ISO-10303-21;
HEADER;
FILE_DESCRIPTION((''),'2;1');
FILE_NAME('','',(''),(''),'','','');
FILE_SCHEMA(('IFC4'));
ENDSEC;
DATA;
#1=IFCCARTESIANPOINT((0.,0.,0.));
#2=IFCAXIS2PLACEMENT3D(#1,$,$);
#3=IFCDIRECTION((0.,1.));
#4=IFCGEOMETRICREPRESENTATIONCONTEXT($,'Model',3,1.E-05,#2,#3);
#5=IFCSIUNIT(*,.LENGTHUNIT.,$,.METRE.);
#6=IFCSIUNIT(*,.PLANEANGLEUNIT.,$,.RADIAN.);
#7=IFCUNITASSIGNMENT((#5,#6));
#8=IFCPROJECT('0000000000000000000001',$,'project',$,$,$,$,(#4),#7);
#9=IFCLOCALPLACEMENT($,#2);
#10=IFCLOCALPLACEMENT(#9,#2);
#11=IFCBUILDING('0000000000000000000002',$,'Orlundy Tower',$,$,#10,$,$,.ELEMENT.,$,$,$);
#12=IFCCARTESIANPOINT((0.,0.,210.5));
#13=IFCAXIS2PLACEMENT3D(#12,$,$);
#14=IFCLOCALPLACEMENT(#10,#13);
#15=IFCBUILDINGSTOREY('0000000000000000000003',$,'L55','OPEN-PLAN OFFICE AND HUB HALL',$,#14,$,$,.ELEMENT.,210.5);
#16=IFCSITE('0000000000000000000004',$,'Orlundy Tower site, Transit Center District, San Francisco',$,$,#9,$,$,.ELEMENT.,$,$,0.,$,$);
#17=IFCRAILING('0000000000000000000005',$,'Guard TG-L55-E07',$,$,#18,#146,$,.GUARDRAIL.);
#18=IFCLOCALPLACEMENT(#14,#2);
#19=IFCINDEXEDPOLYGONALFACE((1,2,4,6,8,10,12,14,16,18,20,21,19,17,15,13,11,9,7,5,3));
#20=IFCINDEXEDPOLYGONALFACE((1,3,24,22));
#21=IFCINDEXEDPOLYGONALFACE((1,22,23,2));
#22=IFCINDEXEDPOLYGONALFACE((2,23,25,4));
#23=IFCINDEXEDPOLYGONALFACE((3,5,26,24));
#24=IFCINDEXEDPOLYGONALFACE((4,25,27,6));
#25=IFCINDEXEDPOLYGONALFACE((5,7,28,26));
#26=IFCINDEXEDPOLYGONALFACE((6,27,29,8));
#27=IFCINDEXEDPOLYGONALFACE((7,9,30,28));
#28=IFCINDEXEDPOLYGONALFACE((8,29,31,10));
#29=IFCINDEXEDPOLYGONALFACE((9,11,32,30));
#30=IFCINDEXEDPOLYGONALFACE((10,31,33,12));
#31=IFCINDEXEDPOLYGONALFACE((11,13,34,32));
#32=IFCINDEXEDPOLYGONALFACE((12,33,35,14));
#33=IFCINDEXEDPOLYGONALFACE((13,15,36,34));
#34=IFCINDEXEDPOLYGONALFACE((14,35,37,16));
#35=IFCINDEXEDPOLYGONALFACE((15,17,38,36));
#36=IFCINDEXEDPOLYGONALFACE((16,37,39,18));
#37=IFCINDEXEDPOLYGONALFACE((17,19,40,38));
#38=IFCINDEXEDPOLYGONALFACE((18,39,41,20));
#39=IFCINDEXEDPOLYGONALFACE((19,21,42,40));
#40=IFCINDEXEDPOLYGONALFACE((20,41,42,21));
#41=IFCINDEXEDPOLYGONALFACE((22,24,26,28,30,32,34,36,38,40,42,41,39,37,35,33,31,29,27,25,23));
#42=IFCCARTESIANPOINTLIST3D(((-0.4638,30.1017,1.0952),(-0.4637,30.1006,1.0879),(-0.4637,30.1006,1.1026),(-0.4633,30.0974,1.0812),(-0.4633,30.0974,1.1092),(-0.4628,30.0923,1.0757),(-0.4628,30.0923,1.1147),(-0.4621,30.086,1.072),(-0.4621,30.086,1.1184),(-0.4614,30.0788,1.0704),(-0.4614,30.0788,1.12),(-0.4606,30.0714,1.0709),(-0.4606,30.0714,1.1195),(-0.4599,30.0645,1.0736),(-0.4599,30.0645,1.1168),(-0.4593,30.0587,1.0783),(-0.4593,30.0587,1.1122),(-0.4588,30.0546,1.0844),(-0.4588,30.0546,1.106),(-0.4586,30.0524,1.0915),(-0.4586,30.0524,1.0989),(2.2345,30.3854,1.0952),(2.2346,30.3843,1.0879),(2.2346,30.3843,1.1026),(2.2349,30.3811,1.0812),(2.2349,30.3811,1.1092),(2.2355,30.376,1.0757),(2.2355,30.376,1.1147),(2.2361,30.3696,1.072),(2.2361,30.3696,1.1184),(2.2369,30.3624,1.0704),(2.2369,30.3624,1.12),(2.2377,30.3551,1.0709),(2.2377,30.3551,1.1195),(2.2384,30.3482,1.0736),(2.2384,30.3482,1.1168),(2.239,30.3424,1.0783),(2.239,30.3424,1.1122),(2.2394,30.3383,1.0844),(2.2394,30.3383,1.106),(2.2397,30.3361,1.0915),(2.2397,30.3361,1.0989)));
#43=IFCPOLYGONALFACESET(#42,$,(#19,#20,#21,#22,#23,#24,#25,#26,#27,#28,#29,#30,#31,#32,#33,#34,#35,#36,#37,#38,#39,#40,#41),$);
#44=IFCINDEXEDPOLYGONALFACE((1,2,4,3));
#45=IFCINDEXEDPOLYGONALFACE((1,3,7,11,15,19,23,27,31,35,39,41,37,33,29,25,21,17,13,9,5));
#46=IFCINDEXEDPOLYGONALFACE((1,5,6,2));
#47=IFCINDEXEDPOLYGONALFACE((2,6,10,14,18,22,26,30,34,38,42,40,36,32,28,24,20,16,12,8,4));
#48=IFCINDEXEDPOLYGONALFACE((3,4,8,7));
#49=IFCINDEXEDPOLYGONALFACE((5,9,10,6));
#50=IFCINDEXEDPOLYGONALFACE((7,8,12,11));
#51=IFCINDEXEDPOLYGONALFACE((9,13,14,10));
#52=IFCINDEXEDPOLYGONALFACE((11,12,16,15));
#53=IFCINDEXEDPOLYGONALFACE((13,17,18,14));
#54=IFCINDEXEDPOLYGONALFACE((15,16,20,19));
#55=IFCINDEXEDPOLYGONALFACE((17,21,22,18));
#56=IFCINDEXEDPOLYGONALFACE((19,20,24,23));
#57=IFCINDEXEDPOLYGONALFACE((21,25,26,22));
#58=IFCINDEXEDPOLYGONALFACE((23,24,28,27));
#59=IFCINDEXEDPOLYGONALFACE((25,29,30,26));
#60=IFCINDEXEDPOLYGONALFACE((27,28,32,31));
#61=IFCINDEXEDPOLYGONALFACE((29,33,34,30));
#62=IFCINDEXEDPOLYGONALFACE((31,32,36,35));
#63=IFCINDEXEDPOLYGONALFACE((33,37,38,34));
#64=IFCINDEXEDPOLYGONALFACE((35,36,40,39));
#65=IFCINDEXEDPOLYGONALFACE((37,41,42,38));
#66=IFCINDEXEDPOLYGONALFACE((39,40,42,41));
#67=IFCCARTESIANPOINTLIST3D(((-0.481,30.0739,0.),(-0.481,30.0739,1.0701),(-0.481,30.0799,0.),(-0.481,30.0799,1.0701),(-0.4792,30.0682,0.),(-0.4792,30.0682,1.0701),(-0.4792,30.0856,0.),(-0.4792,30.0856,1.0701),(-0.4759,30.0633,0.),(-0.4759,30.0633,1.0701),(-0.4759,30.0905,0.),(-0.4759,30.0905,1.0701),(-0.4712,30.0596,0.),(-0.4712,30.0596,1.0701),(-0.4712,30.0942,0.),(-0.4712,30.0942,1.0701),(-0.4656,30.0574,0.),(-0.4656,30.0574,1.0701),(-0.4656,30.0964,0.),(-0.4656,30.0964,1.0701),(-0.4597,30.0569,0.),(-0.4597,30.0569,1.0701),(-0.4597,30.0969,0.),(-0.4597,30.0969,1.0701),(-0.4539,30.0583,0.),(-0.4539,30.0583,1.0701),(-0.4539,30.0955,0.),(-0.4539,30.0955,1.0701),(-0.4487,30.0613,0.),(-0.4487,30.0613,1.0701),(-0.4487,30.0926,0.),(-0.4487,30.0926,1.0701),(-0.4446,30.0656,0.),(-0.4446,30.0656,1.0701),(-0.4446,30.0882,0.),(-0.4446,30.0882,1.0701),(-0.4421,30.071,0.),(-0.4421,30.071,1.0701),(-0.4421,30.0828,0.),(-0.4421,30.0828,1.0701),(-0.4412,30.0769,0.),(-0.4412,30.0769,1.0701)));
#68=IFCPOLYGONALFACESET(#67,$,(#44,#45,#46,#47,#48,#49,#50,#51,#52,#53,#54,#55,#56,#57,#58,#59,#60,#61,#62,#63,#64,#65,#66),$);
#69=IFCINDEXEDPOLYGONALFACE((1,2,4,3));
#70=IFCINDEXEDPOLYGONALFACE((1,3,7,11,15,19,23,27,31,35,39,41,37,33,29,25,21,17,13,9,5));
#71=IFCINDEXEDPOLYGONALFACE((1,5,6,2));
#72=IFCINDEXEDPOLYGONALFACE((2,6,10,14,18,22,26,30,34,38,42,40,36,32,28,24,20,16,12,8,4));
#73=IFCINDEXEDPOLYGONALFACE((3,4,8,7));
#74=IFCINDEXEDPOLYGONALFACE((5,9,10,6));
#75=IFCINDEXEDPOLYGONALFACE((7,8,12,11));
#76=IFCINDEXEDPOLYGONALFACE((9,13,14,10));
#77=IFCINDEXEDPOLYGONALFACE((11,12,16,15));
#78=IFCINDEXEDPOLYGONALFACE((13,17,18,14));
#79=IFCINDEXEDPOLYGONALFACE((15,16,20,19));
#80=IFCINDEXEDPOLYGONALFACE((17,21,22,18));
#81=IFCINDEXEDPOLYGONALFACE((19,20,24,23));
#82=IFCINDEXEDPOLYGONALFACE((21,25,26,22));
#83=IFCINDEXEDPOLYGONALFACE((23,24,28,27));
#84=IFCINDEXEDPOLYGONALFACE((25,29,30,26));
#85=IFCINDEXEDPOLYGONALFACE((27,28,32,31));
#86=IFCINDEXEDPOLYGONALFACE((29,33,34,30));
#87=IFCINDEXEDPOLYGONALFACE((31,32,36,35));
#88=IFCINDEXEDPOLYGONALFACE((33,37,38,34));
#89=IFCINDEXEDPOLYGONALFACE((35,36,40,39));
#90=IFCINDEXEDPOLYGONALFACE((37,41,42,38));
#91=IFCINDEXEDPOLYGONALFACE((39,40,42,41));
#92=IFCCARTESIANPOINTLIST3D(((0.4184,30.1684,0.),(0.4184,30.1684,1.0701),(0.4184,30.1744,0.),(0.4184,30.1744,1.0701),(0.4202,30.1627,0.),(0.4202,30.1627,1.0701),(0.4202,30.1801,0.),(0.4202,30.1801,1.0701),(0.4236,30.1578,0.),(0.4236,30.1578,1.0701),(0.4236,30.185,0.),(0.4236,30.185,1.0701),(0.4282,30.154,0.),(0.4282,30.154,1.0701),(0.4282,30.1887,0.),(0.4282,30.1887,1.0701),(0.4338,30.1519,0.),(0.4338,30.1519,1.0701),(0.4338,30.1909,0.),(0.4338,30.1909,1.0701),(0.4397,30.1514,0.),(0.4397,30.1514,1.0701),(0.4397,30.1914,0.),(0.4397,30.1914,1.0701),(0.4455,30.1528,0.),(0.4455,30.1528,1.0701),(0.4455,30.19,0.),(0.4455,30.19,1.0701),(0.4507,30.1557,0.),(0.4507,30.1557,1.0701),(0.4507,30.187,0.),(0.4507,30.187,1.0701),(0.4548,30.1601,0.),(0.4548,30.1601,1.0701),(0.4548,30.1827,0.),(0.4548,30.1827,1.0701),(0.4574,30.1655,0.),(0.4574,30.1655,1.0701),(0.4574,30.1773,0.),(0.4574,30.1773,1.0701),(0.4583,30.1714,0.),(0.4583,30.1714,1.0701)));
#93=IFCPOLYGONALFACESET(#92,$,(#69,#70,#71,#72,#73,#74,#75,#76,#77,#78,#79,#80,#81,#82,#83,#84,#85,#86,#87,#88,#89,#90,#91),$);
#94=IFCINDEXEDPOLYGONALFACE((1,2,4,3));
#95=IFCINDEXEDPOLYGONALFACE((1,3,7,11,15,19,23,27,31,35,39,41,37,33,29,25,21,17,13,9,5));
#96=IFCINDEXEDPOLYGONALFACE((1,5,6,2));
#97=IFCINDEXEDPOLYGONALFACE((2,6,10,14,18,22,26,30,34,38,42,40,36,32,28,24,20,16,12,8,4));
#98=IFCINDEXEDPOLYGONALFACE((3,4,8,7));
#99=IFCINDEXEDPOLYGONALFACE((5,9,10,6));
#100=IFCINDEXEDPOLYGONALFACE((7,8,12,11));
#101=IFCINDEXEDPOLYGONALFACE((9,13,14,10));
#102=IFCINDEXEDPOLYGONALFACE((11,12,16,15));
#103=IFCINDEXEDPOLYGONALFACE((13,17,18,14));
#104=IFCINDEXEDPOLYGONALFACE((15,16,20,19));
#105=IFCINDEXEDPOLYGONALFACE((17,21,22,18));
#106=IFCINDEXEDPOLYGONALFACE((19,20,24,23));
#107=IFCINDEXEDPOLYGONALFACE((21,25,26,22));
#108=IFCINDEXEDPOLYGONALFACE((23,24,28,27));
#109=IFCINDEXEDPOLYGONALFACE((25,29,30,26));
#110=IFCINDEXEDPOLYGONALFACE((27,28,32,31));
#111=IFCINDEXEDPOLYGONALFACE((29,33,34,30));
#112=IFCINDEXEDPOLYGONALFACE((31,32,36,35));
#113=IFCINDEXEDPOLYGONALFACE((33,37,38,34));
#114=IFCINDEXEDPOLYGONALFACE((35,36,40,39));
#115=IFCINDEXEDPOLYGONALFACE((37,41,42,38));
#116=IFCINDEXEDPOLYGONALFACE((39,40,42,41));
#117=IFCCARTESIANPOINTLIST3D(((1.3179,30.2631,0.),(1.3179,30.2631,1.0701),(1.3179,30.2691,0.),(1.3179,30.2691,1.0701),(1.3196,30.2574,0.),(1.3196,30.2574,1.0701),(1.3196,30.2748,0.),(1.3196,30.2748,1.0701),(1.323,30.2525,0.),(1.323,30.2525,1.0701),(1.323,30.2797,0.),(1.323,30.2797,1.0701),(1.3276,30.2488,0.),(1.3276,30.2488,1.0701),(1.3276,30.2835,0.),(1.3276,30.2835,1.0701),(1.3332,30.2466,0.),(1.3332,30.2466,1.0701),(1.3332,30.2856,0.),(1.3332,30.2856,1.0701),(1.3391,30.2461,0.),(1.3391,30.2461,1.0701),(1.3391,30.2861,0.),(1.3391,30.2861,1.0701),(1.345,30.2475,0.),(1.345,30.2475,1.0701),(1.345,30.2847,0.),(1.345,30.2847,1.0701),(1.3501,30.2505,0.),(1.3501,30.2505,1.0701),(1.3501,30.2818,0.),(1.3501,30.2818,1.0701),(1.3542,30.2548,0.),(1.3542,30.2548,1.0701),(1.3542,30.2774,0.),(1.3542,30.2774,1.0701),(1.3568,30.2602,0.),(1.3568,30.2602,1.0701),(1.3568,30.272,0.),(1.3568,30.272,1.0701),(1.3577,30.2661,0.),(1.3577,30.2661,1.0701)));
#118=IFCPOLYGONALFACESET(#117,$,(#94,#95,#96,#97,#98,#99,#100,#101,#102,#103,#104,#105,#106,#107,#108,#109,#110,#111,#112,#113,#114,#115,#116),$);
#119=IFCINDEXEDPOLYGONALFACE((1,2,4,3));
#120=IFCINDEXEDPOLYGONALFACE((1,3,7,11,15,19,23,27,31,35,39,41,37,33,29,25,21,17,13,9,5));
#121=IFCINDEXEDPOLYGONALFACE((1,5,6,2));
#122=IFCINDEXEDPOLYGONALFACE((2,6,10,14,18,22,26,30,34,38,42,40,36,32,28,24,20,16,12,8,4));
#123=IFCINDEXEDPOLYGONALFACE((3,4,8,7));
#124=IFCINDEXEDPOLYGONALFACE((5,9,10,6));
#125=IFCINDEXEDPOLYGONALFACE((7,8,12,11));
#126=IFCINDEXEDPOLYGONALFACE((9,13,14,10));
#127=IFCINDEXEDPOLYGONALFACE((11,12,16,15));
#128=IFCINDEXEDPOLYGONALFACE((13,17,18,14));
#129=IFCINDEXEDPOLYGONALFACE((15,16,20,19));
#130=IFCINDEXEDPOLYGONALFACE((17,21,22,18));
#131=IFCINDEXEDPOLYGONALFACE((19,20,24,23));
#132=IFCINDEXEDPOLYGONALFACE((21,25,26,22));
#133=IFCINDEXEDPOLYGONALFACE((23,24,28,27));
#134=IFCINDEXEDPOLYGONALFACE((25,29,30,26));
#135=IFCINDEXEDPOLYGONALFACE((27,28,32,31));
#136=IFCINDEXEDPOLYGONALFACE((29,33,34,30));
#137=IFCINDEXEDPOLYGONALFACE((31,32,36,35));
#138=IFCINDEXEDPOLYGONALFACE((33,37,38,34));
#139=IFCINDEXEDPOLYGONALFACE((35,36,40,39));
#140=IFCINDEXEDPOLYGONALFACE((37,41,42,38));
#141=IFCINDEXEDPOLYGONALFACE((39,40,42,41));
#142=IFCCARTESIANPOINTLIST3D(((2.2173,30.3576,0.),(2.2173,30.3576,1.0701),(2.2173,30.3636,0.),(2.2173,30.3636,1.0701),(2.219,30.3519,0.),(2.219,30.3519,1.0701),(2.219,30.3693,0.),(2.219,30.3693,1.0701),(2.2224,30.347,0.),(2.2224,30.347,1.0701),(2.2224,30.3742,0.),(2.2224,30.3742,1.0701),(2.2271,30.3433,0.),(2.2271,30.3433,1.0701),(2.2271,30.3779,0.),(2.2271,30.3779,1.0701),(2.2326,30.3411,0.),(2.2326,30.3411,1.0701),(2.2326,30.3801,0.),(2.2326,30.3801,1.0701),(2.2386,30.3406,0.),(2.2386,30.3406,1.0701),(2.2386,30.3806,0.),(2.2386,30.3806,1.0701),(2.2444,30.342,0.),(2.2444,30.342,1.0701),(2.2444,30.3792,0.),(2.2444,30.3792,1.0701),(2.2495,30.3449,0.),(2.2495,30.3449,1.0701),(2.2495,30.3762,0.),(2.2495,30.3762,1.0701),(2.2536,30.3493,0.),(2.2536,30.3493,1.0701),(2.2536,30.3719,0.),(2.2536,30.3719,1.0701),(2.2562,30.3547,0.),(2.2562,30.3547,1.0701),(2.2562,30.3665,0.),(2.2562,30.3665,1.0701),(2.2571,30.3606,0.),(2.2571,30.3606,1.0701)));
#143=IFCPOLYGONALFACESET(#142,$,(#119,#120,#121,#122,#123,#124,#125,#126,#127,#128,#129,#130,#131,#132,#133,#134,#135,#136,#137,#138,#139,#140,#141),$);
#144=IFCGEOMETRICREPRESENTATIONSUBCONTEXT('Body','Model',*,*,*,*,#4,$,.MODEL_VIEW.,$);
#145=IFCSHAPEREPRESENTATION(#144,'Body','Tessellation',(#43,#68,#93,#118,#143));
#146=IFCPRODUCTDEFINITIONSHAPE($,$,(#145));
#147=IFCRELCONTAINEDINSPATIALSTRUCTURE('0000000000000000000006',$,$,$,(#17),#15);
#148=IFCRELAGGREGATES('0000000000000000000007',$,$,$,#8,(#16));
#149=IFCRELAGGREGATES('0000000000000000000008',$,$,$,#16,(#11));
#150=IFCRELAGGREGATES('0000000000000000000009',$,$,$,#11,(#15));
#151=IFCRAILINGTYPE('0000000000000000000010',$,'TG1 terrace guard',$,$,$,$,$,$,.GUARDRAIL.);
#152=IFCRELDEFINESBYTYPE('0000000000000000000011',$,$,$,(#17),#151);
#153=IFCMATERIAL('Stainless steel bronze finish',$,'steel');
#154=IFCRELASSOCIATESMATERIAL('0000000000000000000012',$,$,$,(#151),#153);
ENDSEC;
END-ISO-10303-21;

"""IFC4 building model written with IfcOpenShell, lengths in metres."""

from ifc_helpers import new_model, si_unit, direction, frame, origin, origin_2d, place, context, subcontext, project, spatial, circle, extrude, material, type_object, element, save


model = new_model("IFC4")

# Units and contexts
model_context = context("Model", 3, precision=1e-05, world=origin(), true_north=direction((0.0, 1.0)))
body_context = subcontext(model_context, "Body", "Model", "MODEL_VIEW")
ifc_project = project(units=[si_unit("LENGTHUNIT", "METRE"), si_unit("PLANEANGLEUNIT", "RADIAN")], contexts=[model_context])

# Site, building, storey
site_placement = place(None, origin())
site = spatial("IfcSite", under=ifc_project, at=site_placement, Name="Orlundy Tower site, Transit Center District, San Francisco", CompositionType="ELEMENT", RefElevation=0.0)
building_placement = place(site_placement, origin())
building = spatial("IfcBuilding", under=site, at=building_placement, Name="Orlundy Tower", CompositionType="ELEMENT")
storey_placement = place(building_placement, frame((0.0, 0.0, 210.5)))
storey = spatial("IfcBuildingStorey", under=building, at=storey_placement, Name="L55", Description="OPEN-PLAN OFFICE AND HUB HALL", CompositionType="ELEMENT", Elevation=210.5)

# Railing
ifc_material_1 = material(Name="Stainless steel bronze finish", Category="steel")
railing_type_1 = type_object("IfcRailingType", Name="TG1 terrace guard", PredefinedType="GUARDRAIL", material=ifc_material_1)
railing_1_placement = place(storey_placement, frame((-0.4612, 30.0769, 0.0)))
element("IfcRailing", 1, at=railing_1_placement, inside=storey, type_object=railing_type_1, Name="Guard TG-L55-E07", PredefinedType="GUARDRAIL", context=body_context, shape_type="SweptSolid", body=[
    extrude(circle(Radius=0.0249, at=origin_2d()), frame((0.0, 0.0, 1.0952), z_axis=(0.994518, 0.104563, 0.0), x_axis=(-0.104563, 0.994518, 0.0)), (0.0, 0.0, 1.0), 2.7131),
    extrude(circle(Radius=0.02, at=origin_2d()), origin(), (0.0, 0.0, 1.0), 1.0701),
    extrude(circle(Radius=0.02, at=origin_2d()), frame((0.8994, 0.0945, 0.0)), (0.0, 0.0, 1.0), 1.0701),
    extrude(circle(Radius=0.02, at=origin_2d()), frame((1.7988, 0.1892, 0.0)), (0.0, 0.0, 1.0), 1.0701),
    extrude(circle(Radius=0.02, at=origin_2d()), frame((2.6982, 0.2837, 0.0)), (0.0, 0.0, 1.0), 1.0701),
])

save(model, "model.ifc")
